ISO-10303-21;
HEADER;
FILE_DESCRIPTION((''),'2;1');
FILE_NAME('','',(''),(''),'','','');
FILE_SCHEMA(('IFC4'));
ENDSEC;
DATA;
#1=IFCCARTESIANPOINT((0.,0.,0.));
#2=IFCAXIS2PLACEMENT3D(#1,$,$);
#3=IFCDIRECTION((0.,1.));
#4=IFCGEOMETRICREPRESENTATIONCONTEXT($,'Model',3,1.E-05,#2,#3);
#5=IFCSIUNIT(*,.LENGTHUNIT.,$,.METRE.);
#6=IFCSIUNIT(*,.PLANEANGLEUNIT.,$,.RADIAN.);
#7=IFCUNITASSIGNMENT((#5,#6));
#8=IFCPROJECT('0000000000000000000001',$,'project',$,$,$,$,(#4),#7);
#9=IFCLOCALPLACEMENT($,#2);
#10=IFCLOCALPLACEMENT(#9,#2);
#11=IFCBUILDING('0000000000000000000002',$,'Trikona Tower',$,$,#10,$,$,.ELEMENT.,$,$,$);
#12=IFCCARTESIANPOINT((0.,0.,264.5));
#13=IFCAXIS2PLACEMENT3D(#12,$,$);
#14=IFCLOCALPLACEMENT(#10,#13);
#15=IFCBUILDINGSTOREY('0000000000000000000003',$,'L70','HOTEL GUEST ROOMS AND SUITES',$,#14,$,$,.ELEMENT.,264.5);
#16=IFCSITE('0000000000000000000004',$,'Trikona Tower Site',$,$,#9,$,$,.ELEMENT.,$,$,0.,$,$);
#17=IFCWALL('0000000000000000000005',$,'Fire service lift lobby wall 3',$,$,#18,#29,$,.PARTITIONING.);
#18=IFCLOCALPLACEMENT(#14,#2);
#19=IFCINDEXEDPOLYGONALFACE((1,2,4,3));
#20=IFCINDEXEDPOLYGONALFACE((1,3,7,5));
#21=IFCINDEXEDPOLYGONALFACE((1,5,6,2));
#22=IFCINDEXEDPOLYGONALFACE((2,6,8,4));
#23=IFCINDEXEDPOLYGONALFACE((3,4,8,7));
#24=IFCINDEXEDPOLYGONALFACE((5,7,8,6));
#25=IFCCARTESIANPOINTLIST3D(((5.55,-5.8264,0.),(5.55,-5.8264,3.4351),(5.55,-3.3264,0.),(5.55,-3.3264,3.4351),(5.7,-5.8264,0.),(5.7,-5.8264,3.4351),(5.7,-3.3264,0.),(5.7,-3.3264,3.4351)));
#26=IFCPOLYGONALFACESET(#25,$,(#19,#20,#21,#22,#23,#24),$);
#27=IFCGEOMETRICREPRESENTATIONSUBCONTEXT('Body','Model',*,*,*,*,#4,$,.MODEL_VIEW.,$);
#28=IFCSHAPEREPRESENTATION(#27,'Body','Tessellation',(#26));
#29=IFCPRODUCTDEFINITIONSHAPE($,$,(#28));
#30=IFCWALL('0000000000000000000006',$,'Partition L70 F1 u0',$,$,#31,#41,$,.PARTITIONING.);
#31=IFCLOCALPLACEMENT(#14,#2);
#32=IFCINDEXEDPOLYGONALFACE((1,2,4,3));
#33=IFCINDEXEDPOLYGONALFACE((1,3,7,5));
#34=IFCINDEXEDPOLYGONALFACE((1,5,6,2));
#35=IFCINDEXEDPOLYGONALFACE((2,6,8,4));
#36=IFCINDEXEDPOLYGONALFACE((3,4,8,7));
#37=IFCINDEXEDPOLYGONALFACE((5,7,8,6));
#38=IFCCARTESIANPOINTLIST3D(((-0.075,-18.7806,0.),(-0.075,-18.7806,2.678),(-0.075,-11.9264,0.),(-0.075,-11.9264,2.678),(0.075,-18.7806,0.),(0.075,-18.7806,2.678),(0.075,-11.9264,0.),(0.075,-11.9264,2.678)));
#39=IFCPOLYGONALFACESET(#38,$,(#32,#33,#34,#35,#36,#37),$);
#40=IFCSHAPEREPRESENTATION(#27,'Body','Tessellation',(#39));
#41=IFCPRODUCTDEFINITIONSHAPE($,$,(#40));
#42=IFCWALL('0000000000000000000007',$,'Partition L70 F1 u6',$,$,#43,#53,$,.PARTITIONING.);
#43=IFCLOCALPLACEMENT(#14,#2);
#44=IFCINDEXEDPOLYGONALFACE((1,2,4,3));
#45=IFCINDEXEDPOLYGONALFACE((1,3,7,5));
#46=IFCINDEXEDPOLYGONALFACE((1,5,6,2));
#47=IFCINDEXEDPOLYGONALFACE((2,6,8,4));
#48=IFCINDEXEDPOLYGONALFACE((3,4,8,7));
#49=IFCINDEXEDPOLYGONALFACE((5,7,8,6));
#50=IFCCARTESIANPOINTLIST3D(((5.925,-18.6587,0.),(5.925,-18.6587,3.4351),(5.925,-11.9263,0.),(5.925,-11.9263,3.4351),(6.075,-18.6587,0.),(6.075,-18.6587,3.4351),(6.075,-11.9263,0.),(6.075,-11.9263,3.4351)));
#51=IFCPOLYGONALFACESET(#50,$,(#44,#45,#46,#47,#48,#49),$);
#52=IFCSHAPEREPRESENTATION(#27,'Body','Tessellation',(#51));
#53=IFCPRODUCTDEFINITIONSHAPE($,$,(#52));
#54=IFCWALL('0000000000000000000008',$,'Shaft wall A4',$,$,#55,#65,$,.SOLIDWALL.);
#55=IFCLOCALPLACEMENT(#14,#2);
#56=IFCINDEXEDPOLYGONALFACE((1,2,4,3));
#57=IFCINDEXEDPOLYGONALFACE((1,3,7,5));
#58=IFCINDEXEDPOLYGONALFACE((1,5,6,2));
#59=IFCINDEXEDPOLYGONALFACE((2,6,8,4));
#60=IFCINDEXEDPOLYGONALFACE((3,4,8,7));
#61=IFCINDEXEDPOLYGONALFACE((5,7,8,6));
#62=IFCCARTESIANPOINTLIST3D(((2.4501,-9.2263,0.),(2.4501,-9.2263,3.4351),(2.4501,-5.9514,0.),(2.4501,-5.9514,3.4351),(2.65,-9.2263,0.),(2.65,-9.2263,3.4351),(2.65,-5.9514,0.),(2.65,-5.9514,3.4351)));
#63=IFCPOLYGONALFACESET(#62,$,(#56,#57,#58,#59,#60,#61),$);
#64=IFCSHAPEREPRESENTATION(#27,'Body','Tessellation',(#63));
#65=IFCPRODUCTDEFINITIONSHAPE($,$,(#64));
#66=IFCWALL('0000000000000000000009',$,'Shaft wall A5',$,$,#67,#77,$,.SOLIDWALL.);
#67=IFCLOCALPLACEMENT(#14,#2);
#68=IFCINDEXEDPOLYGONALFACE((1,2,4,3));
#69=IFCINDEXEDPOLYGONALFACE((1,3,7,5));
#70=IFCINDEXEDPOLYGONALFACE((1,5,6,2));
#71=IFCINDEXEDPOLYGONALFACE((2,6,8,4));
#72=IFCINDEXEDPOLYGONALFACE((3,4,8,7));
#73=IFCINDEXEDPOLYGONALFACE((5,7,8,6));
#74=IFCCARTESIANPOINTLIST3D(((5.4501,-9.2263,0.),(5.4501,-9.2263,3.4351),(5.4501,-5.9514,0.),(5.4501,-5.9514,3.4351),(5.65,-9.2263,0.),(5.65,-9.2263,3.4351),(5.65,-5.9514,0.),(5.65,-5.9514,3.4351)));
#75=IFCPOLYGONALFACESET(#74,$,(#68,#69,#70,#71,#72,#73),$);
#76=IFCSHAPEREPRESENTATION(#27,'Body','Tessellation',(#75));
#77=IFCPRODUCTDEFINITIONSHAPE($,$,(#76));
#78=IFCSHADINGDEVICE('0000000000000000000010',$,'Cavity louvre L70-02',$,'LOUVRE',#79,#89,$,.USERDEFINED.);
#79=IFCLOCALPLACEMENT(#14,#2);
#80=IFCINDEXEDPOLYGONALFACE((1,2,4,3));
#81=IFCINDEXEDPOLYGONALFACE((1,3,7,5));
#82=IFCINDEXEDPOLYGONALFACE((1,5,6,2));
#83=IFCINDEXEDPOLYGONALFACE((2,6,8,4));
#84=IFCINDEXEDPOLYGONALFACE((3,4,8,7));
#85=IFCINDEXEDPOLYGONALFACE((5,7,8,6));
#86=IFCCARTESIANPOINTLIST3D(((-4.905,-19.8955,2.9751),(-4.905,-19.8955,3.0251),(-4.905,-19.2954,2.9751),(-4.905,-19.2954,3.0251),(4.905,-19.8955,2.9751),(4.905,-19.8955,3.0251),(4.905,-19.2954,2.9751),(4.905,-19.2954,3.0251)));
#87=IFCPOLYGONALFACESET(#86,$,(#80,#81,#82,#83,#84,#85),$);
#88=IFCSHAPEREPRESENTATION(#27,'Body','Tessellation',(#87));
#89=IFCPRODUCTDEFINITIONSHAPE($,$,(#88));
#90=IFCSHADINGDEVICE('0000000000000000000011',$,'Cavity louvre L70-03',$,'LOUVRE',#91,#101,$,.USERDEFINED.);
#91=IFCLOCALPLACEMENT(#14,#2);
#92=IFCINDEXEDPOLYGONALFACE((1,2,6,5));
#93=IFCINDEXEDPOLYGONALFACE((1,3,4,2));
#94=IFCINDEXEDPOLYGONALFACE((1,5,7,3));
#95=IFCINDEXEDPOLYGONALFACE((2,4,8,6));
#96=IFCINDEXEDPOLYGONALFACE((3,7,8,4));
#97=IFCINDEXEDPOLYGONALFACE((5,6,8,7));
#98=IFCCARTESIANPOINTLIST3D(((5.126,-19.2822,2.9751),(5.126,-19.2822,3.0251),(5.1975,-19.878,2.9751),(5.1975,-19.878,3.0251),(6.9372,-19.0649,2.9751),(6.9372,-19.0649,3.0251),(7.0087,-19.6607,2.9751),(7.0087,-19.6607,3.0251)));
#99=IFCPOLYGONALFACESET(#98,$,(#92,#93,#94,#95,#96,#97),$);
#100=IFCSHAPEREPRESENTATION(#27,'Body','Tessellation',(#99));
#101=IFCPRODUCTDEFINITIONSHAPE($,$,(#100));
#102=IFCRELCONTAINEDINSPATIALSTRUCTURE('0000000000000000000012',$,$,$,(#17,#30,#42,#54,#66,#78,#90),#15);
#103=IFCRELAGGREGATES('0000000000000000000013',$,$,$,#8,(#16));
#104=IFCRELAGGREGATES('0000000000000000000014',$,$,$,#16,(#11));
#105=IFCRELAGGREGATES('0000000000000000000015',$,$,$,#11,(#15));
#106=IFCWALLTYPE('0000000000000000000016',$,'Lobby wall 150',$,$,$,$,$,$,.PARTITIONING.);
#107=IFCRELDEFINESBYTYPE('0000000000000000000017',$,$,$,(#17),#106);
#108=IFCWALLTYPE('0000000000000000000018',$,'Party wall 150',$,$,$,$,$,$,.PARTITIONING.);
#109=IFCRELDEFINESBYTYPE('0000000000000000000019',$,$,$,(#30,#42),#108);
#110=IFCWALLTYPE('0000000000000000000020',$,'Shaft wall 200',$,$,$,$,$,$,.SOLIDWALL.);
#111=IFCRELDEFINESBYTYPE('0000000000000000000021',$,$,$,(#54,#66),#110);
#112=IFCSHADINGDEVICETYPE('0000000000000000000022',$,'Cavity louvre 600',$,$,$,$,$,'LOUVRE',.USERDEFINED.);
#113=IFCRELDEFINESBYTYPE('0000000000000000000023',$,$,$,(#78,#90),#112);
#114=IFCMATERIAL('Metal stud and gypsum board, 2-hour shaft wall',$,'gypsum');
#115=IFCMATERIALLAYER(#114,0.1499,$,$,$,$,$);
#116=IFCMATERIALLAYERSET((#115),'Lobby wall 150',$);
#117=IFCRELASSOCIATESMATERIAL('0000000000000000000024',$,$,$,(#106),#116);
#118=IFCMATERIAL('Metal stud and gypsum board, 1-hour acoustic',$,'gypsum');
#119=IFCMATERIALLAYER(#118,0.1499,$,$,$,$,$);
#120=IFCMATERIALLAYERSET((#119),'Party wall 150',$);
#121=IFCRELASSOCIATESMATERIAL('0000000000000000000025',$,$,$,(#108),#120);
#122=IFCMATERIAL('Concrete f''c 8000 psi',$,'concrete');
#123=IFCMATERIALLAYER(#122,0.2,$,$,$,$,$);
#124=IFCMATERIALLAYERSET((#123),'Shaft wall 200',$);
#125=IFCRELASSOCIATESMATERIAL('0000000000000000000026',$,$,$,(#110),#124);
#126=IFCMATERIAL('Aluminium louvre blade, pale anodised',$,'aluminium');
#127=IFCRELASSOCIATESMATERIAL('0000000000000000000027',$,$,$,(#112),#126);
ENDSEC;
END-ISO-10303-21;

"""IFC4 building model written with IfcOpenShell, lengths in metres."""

from ifc_helpers import new_model, si_unit, direction, frame, frame_2d, origin, origin_2d, place, context, subcontext, project, spatial, rectangle, extrude, material, layer, layer_set, type_object, element, save


model = new_model("IFC4")

# Units and contexts
model_context = context("Model", 3, precision=1e-05, world=origin(), true_north=direction((0.0, 1.0)))
body_context = subcontext(model_context, "Body", "Model", "MODEL_VIEW")
ifc_project = project(units=[si_unit("LENGTHUNIT", "METRE"), si_unit("PLANEANGLEUNIT", "RADIAN")], contexts=[model_context])

# Site, building, storey
site_placement = place(None, origin())
site = spatial("IfcSite", under=ifc_project, at=site_placement, Name="Trikona Tower Site", CompositionType="ELEMENT", RefElevation=0.0)
building_placement = place(site_placement, origin())
building = spatial("IfcBuilding", under=site, at=building_placement, Name="Trikona Tower", CompositionType="ELEMENT")
storey_placement = place(building_placement, frame((0.0, 0.0, 264.5)))
storey = spatial("IfcBuildingStorey", under=building, at=storey_placement, Name="L70", Description="HOTEL GUEST ROOMS AND SUITES", CompositionType="ELEMENT", Elevation=264.5)

# Walls
ifc_material_1 = material(Name="Metal stud and gypsum board, 2-hour shaft wall", Category="gypsum")
ifc_layer_1 = layer(ifc_material_1, 0.1499)
ifc_layer_set_1 = layer_set([ifc_layer_1], Name="Lobby wall 150")
wall_type_1 = type_object("IfcWallType", Name="Lobby wall 150", PredefinedType="PARTITIONING", material=ifc_layer_set_1)
wall_1_placement = place(storey_placement, frame((5.625, -5.8264, 0.0), z_axis=(0.0, 0.0, 1.0), x_axis=(0.0, 1.0, 0.0)))
element("IfcWall", 1, at=wall_1_placement, inside=storey, type_object=wall_type_1, Name="Fire service lift lobby wall 3", PredefinedType="PARTITIONING", context=body_context, shape_type="SweptSolid", body=[
    extrude(rectangle(XDim=2.5, YDim=0.1499, at=frame_2d((1.25, 0.0))), origin(), (0.0, 0.0, 1.0), 3.4351),
])
ifc_material_2 = material(Name="Metal stud and gypsum board, 1-hour acoustic", Category="gypsum")
ifc_layer_2 = layer(ifc_material_2, 0.1499)
ifc_layer_set_2 = layer_set([ifc_layer_2], Name="Party wall 150")
wall_type_2 = type_object("IfcWallType", Name="Party wall 150", PredefinedType="PARTITIONING", material=ifc_layer_set_2)
wall_2_placement = place(storey_placement, frame((0.0, -11.9263, 0.0), z_axis=(0.0, 0.0, 1.0), x_axis=(0.0, -1.0, 0.0)))
element("IfcWall", 2, at=wall_2_placement, inside=storey, type_object=wall_type_2, Name="Partition L70 F1 u0", PredefinedType="PARTITIONING", context=body_context, shape_type="SweptSolid", body=[
    extrude(rectangle(XDim=6.8542, YDim=0.1499, at=frame_2d((3.4272, 0.0))), origin(), (0.0, 0.0, 1.0), 2.678),
])
wall_3_placement = place(storey_placement, frame((6.0, -11.9263, 0.0), z_axis=(0.0, 0.0, 1.0), x_axis=(0.0, -1.0, 0.0)))
element("IfcWall", 3, at=wall_3_placement, inside=storey, type_object=wall_type_2, Name="Partition L70 F1 u6", PredefinedType="PARTITIONING", context=body_context, shape_type="SweptSolid", body=[
    extrude(rectangle(XDim=6.7324, YDim=0.1499, at=frame_2d((3.3662, 0.0))), origin(), (0.0, 0.0, 1.0), 3.4351),
])
ifc_material_3 = material(Name="Concrete f'c 8000 psi", Category="concrete")
ifc_layer_3 = layer(ifc_material_3, 0.2)
ifc_layer_set_3 = layer_set([ifc_layer_3], Name="Shaft wall 200")
wall_type_3 = type_object("IfcWallType", Name="Shaft wall 200", PredefinedType="SOLIDWALL", material=ifc_layer_set_3)
for number, where, z_axis, x_axis, name in (
    (4, (2.55, -5.9514, 0.0), (0.0, 0.0, 1.0), (0.0, -1.0, 0.0), "Shaft wall A4"),
    (5, (5.55, -5.9514, 0.0), (0.0, 0.0, 1.0), (0.0, -1.0, 0.0), "Shaft wall A5"),
):
    element("IfcWall", number, at=place(storey_placement, frame(where, z_axis=z_axis, x_axis=x_axis)), inside=storey, type_object=wall_type_3, Name=name, PredefinedType="SOLIDWALL", context=body_context, shape_type="SweptSolid", body=[
        extrude(rectangle(XDim=3.2749, YDim=0.2, at=frame_2d((1.6375, 0.0))), origin(), (0.0, 0.0, 1.0), 3.4351),
    ])

# Shading devices
ifc_material_4 = material(Name="Aluminium louvre blade, pale anodised", Category="aluminium")
shading_device_type = type_object("IfcShadingDeviceType", Name="Cavity louvre 600", ElementType="LOUVRE", PredefinedType="USERDEFINED", material=ifc_material_4)
shading_device_1_placement = place(storey_placement, frame((0.0, -19.5955, 2.9751), z_axis=(0.0, 0.0, 1.0), x_axis=(1.0, 0.0, 0.0)))
element("IfcShadingDevice", 6, at=shading_device_1_placement, inside=storey, type_object=shading_device_type, Name="Cavity louvre L70-02", ObjectType="LOUVRE", PredefinedType="USERDEFINED", context=body_context, shape_type="SweptSolid", body=[
    extrude(rectangle(XDim=9.8101, YDim=0.6001, at=origin_2d()), origin(), (0.0, 0.0, 1.0), 0.05),
])
shading_device_2_placement = place(storey_placement, frame((6.0674, -19.4714, 2.9751), z_axis=(0.0, 0.0, 1.0), x_axis=(0.992877, 0.119146, 0.0)))
element("IfcShadingDevice", 7, at=shading_device_2_placement, inside=storey, type_object=shading_device_type, Name="Cavity louvre L70-03", ObjectType="LOUVRE", PredefinedType="USERDEFINED", context=body_context, shape_type="SweptSolid", body=[
    extrude(rectangle(XDim=1.8242, YDim=0.6001, at=origin_2d()), origin(), (0.0, 0.0, 1.0), 0.05),
])

save(model, "model.ifc")
